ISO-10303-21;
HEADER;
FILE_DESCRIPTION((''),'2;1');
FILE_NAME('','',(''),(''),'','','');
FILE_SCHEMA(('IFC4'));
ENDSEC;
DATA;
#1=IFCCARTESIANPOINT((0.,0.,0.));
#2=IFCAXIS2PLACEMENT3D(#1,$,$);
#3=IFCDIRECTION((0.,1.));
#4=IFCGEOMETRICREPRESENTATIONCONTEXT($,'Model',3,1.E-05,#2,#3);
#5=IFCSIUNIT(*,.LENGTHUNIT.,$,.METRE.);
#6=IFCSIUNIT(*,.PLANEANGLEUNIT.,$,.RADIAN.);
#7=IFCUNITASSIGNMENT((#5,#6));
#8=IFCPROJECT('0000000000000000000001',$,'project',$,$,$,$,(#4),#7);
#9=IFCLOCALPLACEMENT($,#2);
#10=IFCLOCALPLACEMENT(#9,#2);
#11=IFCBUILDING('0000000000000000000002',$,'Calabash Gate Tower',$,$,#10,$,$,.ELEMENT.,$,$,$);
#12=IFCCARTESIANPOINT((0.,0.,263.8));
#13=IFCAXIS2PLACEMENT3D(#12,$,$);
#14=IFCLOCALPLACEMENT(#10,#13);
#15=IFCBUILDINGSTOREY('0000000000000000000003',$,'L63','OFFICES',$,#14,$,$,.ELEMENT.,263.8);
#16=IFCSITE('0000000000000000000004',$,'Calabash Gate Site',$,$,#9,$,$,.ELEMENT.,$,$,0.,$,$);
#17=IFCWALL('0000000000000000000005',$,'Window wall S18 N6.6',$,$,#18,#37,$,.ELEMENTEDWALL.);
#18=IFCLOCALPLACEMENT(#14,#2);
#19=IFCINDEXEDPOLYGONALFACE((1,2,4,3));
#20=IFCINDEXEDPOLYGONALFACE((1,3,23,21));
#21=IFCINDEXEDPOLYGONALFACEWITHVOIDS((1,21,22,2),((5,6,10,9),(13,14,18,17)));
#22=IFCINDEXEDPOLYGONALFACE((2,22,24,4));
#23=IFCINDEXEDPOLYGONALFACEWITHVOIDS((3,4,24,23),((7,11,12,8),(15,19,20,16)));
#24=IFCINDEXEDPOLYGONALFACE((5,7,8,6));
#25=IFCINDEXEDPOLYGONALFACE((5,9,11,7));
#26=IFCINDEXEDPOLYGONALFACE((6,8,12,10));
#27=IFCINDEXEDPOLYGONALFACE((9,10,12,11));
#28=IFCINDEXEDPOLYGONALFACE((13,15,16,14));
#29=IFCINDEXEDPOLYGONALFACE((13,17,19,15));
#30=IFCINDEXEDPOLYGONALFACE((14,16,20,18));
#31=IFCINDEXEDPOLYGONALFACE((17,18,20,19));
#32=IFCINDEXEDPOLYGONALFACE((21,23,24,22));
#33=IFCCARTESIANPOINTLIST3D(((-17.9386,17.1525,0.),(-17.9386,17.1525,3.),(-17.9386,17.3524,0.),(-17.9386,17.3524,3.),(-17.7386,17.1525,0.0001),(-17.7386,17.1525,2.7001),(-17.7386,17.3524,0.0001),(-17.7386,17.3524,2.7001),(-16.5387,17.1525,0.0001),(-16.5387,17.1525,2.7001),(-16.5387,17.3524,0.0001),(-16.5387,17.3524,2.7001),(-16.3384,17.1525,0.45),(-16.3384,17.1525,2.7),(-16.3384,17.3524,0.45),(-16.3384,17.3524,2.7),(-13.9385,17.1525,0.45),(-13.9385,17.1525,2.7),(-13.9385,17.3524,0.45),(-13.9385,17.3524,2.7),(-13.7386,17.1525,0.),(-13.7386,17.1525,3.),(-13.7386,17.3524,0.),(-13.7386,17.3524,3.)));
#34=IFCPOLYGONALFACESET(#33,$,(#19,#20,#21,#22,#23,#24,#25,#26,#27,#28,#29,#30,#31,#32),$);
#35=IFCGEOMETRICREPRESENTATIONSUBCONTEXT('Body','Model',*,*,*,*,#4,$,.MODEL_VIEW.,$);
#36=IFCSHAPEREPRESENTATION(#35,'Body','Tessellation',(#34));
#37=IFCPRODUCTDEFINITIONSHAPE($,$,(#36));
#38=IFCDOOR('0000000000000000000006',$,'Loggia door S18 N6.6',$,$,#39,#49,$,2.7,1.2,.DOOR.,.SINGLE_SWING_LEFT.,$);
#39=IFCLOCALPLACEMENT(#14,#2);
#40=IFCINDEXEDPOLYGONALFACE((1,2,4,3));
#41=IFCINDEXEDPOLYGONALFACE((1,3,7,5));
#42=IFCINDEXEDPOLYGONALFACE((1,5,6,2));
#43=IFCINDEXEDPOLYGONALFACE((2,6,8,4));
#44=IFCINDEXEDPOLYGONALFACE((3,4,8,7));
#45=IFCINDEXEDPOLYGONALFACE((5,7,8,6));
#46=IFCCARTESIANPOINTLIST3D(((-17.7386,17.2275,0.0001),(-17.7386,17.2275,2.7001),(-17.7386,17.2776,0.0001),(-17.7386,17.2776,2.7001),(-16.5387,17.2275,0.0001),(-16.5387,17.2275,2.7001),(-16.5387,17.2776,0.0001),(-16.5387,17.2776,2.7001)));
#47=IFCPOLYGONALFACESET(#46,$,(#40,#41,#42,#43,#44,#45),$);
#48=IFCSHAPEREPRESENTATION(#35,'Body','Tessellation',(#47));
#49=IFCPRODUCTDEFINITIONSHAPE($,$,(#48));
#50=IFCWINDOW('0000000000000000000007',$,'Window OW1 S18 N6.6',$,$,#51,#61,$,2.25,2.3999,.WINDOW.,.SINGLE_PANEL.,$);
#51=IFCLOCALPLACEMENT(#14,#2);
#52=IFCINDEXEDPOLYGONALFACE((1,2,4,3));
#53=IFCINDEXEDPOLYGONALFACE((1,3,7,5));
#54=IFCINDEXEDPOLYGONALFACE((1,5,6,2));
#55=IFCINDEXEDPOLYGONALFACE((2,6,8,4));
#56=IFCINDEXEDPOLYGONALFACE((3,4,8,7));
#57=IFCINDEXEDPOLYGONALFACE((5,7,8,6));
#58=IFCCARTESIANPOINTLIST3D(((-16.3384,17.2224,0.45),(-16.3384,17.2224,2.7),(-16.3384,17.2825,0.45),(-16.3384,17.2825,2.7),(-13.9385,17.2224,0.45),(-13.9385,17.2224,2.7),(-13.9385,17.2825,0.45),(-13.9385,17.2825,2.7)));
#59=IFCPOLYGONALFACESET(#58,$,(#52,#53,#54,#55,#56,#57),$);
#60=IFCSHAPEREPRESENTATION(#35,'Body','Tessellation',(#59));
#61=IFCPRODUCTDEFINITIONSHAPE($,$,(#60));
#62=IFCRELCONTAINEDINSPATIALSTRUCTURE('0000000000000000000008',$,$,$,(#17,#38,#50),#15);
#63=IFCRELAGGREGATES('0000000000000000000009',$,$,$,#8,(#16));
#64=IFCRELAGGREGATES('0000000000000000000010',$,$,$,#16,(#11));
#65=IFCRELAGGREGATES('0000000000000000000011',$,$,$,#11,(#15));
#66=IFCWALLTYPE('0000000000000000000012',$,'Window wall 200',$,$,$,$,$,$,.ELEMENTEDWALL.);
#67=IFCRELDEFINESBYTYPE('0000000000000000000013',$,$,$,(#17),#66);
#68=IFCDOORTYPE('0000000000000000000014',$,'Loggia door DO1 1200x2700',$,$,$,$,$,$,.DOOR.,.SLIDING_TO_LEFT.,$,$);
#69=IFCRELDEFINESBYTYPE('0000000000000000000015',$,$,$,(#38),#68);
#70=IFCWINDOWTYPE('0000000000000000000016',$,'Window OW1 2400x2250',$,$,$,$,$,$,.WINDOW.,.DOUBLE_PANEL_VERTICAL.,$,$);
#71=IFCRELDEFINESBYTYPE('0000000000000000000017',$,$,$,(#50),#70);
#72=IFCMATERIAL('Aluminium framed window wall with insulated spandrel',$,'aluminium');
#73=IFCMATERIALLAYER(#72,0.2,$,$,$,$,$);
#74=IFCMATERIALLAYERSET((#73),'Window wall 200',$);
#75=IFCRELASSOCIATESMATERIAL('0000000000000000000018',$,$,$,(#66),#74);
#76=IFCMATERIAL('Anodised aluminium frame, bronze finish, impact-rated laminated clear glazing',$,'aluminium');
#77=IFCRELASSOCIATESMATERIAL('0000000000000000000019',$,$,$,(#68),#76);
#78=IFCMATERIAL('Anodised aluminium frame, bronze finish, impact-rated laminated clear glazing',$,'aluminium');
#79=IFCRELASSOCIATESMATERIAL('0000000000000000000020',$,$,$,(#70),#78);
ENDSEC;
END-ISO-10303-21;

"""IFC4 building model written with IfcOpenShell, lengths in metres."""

from ifc_helpers import new_model, si_unit, direction, frame, frame_2d, origin, place, context, subcontext, project, spatial, rectangle, extrude, material, layer, layer_set, type_object, element, fill, save


model = new_model("IFC4")

# Units and contexts
model_context = context("Model", 3, precision=1e-05, world=origin(), true_north=direction((0.0, 1.0)))
body_context = subcontext(model_context, "Body", "Model", "MODEL_VIEW")
ifc_project = project(units=[si_unit("LENGTHUNIT", "METRE"), si_unit("PLANEANGLEUNIT", "RADIAN")], contexts=[model_context])

# Site, building, storey
site_placement = place(None, origin())
site = spatial("IfcSite", under=ifc_project, at=site_placement, Name="Calabash Gate Site", CompositionType="ELEMENT", RefElevation=0.0)
building_placement = place(site_placement, origin())
building = spatial("IfcBuilding", under=site, at=building_placement, Name="Calabash Gate Tower", CompositionType="ELEMENT")
storey_placement = place(building_placement, frame((0.0, 0.0, 263.8)))
storey = spatial("IfcBuildingStorey", under=building, at=storey_placement, Name="L63", Description="OFFICES", CompositionType="ELEMENT", Elevation=263.8)

# Shared definitions
ifc_material_1 = material(Name="Aluminium framed window wall with insulated spandrel", Category="aluminium")
ifc_layer_1 = layer(ifc_material_1, 0.2)
ifc_layer_set_1 = layer_set([ifc_layer_1], Name="Window wall 200")
wall_type_1 = type_object("IfcWallType", Name="Window wall 200", PredefinedType="ELEMENTEDWALL", material=ifc_layer_set_1)
ifc_material_2 = material(Name="Anodised aluminium frame, bronze finish, impact-rated laminated clear glazing", Category="aluminium")
door_type = type_object("IfcDoorType", Name="Loggia door DO1 1200x2700", OperationType="SLIDING_TO_LEFT", PredefinedType="DOOR", material=ifc_material_2)
ifc_material_3 = material(Name="Anodised aluminium frame, bronze finish, impact-rated laminated clear glazing", Category="aluminium")
window_type_1 = type_object("IfcWindowType", Name="Window OW1 2400x2250", PartitioningType="DOUBLE_PANEL_VERTICAL", PredefinedType="WINDOW", material=ifc_material_3)

# Wall, openings, door, window
wall_1_placement = place(storey_placement, frame((-13.7385, 17.2524, 0.0), z_axis=(0.0, 0.0, 1.0), x_axis=(-1.0, 0.0, 0.0)))
wall_1 = element("IfcWall", 1, at=wall_1_placement, inside=storey, type_object=wall_type_1, Name="Window wall S18 N6.6", PredefinedType="ELEMENTEDWALL", context=body_context, shape_type="SweptSolid", body=[
    extrude(rectangle(XDim=4.2, YDim=0.2, at=frame_2d((2.1001, 0.0))), origin(), (0.0, 0.0, 1.0), 3.0),
])
opening_1_placement = place(wall_1_placement, frame((0.2, 0.0, 0.45)))
opening_1 = element("IfcOpeningElement", 2, at=opening_1_placement, cuts=wall_1, PredefinedType="OPENING", context=body_context, shape_type="SweptSolid", body=[
    extrude(rectangle(XDim=2.3999, YDim=2.25, at=frame_2d((1.2, 1.125))), frame((0.0, 0.1099, 0.0), z_axis=(0.0, -1.0, 0.0), x_axis=(1.0, 0.0, 0.0)), (0.0, 0.0, 1.0), 0.22),
])
opening_2_placement = place(wall_1_placement, frame((2.8, 0.0, 0.0)))
opening_2 = element("IfcOpeningElement", 3, at=opening_2_placement, cuts=wall_1, PredefinedType="OPENING", context=body_context, shape_type="SweptSolid", body=[
    extrude(rectangle(XDim=1.2, YDim=2.7, at=frame_2d((0.6001, 1.3501))), frame((0.0, 0.1099, 0.0), z_axis=(0.0, -1.0, 0.0), x_axis=(1.0, 0.0, 0.0)), (0.0, 0.0, 1.0), 0.22),
])
door_1_placement = place(opening_2_placement, origin())
door_1 = element("IfcDoor", 4, at=door_1_placement, inside=storey, type_object=door_type, Name="Loggia door S18 N6.6", OperationType="SINGLE_SWING_LEFT", OverallHeight=2.7, OverallWidth=1.2, PredefinedType="DOOR", context=body_context, shape_type="SweptSolid", body=[
    extrude(rectangle(XDim=1.2, YDim=2.7, at=frame_2d((0.6001, 1.3501))), frame((0.0, 0.0249, 0.0), z_axis=(0.0, -1.0, 0.0), x_axis=(1.0, 0.0, 0.0)), (0.0, 0.0, 1.0), 0.05),
])
fill(opening_2, door_1)
window_1_placement = place(opening_1_placement, origin())
window_1 = element("IfcWindow", 5, at=window_1_placement, inside=storey, type_object=window_type_1, Name="Window OW1 S18 N6.6", OverallHeight=2.25, OverallWidth=2.3999, PartitioningType="SINGLE_PANEL", PredefinedType="WINDOW", context=body_context, shape_type="SweptSolid", body=[
    extrude(rectangle(XDim=2.3999, YDim=2.25, at=frame_2d((1.2, 1.125))), frame((0.0, 0.03, 0.0), z_axis=(0.0, -1.0, 0.0), x_axis=(1.0, 0.0, 0.0)), (0.0, 0.0, 1.0), 0.0601),
])
fill(opening_1, window_1)

save(model, "model.ifc")
